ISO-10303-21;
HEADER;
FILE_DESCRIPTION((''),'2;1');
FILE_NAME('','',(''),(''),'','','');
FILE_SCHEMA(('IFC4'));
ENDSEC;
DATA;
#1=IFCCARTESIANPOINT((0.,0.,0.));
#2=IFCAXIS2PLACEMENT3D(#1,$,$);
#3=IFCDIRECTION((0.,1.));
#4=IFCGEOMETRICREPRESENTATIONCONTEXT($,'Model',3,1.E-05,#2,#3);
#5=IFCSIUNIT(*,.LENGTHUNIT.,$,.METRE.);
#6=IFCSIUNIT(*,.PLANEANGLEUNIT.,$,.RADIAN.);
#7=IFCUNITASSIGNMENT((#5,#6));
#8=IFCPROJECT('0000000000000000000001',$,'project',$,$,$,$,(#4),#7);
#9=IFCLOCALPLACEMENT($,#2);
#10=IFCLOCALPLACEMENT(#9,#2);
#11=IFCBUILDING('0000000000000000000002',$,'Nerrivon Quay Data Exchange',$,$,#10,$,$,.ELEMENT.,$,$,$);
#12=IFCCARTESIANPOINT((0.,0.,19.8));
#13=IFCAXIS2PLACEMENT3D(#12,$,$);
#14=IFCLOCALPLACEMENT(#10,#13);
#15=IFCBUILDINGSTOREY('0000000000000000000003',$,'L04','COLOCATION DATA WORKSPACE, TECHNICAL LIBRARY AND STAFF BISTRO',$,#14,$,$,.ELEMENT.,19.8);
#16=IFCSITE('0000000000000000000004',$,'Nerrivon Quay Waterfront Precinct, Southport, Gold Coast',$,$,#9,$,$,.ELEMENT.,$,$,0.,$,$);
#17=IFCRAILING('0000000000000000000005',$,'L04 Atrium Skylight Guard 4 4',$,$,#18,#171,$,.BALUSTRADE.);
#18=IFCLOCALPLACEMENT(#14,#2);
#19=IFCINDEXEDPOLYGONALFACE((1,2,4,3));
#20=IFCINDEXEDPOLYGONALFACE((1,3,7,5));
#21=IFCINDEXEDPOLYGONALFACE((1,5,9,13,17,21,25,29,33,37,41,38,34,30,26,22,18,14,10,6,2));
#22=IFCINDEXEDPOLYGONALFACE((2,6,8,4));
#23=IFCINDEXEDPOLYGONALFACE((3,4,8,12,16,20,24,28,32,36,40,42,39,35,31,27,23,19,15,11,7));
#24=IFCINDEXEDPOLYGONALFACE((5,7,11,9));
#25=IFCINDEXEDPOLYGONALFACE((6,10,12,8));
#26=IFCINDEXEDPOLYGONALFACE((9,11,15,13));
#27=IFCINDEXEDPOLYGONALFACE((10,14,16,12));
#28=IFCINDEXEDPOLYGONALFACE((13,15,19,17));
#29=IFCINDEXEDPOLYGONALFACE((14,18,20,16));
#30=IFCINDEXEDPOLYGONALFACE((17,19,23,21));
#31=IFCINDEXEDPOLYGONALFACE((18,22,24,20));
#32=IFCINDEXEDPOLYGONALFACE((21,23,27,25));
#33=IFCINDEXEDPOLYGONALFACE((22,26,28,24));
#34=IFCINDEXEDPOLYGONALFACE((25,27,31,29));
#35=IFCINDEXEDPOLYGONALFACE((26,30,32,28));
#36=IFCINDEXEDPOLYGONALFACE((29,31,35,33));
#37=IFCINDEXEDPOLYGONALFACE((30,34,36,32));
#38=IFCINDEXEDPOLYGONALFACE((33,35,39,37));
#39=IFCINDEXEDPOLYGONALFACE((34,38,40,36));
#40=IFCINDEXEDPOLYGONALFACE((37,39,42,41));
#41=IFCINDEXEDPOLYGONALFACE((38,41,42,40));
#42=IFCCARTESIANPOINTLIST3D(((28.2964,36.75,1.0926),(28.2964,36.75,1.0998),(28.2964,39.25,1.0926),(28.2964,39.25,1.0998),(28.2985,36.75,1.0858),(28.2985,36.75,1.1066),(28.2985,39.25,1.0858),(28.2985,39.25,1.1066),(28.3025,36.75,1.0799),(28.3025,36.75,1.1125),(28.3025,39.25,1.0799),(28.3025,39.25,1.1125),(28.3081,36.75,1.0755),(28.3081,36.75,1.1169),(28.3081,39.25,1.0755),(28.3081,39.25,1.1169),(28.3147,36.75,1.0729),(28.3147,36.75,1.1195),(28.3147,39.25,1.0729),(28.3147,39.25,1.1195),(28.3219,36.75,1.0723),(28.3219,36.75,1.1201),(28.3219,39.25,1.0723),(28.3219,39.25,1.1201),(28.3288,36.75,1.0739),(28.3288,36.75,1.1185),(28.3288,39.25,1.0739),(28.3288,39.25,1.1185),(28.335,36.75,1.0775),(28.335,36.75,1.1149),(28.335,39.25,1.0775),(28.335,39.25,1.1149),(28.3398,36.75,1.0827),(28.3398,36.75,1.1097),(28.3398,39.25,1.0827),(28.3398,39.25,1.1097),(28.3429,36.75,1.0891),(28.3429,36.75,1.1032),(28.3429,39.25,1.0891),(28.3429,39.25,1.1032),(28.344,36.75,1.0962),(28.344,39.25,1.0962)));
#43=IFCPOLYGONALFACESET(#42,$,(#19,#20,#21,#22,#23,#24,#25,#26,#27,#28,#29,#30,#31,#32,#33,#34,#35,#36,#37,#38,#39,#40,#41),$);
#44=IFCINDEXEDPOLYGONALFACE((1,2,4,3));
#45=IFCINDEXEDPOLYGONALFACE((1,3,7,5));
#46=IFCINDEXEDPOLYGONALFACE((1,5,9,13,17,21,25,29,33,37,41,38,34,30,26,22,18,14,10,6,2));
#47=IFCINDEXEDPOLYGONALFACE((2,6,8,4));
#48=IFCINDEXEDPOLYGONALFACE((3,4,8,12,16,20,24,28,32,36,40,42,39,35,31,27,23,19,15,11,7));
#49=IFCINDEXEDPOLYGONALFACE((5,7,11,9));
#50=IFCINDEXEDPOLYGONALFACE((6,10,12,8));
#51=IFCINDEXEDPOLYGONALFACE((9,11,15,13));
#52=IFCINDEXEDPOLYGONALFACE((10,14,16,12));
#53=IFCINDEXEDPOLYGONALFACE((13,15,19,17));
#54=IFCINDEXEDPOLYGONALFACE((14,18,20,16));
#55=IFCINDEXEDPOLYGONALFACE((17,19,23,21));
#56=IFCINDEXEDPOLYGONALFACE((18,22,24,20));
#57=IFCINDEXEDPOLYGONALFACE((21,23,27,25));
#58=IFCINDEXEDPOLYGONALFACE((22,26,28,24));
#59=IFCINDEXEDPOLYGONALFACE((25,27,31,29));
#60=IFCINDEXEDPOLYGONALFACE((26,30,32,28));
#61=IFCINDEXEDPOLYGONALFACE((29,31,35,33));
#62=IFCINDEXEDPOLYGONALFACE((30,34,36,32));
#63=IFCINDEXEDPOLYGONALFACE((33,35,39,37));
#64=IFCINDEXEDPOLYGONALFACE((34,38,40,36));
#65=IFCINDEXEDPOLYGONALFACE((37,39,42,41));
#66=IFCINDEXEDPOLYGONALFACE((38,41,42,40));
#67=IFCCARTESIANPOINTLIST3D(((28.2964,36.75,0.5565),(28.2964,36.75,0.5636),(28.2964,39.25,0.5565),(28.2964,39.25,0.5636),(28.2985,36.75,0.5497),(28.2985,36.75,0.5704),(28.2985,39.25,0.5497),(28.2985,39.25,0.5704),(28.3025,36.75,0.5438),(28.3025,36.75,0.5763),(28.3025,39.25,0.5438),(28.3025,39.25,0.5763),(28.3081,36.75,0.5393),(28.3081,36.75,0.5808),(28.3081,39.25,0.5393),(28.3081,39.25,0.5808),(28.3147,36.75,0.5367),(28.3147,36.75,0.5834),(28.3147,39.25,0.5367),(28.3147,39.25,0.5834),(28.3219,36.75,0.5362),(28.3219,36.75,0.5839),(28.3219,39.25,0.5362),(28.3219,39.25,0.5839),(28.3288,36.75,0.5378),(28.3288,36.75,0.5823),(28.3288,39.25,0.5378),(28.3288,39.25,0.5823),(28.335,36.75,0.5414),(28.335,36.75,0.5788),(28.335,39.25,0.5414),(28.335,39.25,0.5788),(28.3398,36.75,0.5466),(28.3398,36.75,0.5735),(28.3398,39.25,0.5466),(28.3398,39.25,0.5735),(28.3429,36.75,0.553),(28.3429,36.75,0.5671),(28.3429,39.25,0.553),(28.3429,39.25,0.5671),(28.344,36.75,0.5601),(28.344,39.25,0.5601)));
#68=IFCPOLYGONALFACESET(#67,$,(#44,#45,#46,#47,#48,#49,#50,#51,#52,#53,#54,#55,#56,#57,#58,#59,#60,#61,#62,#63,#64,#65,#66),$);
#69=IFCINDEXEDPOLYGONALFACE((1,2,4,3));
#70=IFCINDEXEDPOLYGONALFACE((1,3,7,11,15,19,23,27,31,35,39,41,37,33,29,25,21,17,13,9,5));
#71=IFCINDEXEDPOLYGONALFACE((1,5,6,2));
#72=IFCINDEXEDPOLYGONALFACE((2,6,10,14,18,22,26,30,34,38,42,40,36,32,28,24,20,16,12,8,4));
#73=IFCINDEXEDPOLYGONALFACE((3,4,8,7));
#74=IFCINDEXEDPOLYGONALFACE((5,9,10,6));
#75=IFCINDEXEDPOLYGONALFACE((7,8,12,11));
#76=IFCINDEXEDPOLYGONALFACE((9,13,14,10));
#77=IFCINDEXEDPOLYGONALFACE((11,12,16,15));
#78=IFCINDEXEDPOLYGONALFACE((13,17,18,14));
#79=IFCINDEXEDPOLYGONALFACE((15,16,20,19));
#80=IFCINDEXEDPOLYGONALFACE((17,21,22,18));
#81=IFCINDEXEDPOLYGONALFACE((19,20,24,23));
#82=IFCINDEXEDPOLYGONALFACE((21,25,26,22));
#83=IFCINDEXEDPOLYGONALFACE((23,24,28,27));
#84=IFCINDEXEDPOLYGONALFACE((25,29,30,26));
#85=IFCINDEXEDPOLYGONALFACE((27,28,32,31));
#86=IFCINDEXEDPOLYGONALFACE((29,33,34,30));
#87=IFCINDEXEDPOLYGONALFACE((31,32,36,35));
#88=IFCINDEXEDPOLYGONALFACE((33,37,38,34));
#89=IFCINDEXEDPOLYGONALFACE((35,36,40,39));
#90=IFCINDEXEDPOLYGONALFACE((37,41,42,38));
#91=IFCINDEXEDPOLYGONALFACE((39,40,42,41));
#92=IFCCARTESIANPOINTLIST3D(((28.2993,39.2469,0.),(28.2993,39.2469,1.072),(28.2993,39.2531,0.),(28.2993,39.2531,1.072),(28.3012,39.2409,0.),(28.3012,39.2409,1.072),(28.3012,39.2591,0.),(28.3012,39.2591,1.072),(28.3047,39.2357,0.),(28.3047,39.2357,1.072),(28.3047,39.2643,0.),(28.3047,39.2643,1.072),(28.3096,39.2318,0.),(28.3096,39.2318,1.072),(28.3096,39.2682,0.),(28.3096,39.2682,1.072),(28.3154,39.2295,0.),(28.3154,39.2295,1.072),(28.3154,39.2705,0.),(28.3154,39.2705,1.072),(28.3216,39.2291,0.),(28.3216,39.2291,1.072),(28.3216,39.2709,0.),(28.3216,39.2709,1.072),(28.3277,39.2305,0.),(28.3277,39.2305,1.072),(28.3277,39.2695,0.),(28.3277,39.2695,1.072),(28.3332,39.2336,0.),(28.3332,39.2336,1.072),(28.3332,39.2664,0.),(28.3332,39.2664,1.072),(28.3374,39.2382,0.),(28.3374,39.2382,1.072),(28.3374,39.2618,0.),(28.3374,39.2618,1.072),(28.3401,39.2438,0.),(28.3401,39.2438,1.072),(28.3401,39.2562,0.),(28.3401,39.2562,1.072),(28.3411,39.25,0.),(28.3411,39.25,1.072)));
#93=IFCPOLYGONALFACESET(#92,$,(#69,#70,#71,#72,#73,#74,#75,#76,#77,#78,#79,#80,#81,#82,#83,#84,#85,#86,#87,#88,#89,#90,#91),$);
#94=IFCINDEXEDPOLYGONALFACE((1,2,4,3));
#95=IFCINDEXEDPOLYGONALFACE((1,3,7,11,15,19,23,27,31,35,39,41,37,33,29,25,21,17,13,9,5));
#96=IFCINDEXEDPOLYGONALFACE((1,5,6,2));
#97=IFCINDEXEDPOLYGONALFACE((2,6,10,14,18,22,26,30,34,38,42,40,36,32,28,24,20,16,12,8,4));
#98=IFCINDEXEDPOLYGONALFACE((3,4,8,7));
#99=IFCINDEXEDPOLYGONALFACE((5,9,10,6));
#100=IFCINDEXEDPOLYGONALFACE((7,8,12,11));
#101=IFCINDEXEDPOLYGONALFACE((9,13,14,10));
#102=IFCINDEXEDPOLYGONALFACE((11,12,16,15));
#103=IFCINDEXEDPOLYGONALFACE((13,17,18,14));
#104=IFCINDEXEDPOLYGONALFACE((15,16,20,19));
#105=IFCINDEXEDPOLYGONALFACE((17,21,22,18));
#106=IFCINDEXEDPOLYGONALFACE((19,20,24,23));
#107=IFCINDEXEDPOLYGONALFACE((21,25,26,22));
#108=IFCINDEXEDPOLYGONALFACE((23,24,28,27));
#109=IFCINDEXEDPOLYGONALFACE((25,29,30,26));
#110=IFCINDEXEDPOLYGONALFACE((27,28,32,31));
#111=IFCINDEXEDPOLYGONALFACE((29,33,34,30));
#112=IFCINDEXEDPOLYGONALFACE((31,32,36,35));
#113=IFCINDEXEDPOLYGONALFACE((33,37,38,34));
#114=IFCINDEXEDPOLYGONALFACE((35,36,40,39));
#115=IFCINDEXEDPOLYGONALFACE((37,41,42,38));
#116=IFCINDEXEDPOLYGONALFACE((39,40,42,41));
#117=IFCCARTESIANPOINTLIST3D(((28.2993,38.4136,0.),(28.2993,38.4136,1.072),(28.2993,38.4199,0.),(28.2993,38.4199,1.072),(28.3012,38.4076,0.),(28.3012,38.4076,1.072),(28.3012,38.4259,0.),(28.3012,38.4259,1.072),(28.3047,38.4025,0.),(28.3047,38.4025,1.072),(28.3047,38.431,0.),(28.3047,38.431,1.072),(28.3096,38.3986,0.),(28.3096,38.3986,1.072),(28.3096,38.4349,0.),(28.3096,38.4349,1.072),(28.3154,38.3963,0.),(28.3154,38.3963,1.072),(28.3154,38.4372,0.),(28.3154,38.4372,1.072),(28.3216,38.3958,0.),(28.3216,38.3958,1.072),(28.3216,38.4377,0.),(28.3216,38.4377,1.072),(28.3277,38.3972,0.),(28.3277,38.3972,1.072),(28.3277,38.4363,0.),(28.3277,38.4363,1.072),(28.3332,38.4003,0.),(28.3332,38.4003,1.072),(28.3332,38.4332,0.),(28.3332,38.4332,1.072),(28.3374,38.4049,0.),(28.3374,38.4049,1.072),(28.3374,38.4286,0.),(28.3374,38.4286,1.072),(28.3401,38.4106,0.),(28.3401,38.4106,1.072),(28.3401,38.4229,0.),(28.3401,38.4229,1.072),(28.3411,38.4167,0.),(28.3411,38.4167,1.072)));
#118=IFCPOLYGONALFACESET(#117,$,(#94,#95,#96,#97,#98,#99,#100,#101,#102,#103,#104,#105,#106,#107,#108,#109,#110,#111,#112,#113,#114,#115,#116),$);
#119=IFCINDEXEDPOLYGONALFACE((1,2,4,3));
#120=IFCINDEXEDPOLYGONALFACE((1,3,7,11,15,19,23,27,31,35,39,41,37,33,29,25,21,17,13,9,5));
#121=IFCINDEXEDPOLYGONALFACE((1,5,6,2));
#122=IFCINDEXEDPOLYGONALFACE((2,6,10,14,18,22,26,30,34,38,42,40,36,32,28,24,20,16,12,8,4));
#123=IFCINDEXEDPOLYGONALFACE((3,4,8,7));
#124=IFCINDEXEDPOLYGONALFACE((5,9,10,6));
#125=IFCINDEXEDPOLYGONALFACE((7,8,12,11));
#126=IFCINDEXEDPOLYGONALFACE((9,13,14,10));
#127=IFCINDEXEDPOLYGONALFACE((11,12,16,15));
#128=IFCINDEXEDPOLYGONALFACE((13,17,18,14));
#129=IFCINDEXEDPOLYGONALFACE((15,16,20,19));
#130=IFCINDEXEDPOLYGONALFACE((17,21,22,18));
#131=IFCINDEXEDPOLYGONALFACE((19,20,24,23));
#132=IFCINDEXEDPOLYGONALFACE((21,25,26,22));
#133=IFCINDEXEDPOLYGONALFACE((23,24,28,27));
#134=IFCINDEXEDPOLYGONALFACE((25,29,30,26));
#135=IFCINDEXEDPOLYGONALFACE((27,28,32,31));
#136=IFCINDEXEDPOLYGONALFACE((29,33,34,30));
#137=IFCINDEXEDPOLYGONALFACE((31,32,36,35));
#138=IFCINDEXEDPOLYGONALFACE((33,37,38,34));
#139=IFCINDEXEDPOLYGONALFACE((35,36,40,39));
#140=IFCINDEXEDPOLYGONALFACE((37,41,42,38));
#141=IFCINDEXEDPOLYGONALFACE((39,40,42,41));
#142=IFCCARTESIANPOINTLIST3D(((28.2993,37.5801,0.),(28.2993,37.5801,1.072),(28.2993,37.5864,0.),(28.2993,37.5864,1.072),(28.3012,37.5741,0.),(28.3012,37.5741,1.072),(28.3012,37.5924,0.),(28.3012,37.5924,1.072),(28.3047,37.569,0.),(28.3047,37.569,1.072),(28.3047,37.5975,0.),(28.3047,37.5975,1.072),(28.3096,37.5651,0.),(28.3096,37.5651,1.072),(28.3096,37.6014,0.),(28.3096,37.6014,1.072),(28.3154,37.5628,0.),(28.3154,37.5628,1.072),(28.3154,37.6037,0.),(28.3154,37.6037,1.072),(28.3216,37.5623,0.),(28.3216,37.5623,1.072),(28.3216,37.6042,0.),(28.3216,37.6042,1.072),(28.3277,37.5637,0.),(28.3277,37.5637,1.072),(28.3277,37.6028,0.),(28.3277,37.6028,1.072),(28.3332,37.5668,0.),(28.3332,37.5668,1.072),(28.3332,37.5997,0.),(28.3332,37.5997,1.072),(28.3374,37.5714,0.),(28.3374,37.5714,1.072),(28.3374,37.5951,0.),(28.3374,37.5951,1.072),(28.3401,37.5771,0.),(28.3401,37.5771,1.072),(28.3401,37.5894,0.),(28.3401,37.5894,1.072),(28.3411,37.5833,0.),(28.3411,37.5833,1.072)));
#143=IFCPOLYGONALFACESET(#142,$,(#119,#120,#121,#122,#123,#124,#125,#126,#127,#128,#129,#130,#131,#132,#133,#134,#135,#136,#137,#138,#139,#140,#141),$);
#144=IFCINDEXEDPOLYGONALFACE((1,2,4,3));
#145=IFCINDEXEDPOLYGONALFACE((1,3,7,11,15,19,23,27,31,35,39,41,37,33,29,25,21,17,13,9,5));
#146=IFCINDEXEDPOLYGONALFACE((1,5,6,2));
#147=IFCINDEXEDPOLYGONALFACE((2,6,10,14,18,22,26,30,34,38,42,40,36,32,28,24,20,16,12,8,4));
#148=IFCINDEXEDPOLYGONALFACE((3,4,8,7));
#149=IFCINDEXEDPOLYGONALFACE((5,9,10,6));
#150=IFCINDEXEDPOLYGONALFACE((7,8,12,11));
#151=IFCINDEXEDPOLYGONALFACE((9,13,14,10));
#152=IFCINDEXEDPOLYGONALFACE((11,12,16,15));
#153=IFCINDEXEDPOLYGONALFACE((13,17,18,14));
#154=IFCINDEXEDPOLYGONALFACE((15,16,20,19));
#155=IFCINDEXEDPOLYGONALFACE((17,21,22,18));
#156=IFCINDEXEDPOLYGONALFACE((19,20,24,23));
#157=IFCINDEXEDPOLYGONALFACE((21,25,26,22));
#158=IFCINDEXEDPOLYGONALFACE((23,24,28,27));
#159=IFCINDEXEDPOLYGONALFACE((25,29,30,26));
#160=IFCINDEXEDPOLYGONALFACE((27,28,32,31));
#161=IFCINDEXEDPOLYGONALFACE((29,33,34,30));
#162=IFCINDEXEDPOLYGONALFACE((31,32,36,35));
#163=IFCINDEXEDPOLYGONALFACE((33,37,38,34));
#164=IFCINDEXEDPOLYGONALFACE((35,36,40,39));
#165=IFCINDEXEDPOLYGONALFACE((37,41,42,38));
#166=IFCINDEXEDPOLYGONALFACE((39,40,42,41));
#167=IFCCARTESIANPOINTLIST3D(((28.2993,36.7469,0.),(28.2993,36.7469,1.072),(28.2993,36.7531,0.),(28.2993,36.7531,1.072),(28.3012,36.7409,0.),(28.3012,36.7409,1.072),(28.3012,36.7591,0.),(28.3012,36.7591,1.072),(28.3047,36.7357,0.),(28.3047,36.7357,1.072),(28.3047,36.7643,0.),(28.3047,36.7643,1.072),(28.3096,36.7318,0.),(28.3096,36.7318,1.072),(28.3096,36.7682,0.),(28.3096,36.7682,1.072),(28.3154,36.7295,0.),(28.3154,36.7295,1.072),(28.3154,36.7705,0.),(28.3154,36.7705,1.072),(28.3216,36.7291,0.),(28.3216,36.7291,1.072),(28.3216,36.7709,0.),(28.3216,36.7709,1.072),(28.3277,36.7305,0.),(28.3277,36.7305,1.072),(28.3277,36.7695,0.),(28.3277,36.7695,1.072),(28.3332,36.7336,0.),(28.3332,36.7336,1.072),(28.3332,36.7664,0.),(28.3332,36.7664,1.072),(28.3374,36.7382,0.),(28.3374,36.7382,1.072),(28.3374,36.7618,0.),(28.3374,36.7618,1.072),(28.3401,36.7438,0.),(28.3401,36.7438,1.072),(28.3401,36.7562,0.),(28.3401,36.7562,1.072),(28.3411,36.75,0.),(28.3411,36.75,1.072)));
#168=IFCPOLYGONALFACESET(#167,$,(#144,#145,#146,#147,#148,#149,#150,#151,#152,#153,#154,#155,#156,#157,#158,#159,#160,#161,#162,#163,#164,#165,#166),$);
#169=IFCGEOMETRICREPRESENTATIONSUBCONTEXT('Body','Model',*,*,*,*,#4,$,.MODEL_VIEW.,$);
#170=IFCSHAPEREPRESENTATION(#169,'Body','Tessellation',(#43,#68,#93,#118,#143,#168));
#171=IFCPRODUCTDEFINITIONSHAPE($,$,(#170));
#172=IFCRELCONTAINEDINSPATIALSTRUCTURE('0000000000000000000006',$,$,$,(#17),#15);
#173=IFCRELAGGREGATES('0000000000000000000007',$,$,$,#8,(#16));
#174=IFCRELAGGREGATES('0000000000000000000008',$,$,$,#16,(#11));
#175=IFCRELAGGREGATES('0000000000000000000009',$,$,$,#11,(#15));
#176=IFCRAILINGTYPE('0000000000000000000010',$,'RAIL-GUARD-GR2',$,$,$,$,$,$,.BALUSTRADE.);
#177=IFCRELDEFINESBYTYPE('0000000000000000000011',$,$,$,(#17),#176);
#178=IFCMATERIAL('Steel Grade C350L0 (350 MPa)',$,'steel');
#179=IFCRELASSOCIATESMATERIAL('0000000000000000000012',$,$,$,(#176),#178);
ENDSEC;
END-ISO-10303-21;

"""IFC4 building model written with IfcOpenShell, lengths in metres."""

from ifc_helpers import new_model, si_unit, direction, frame, origin, origin_2d, place, context, subcontext, project, spatial, circle, extrude, material, type_object, element, save


model = new_model("IFC4")

# Units and contexts
model_context = context("Model", 3, precision=1e-05, world=origin(), true_north=direction((0.0, 1.0)))
body_context = subcontext(model_context, "Body", "Model", "MODEL_VIEW")
ifc_project = project(units=[si_unit("LENGTHUNIT", "METRE"), si_unit("PLANEANGLEUNIT", "RADIAN")], contexts=[model_context])

# Site, building, storey
site_placement = place(None, origin())
site = spatial("IfcSite", under=ifc_project, at=site_placement, Name="Nerrivon Quay Waterfront Precinct, Southport, Gold Coast", CompositionType="ELEMENT", RefElevation=0.0)
building_placement = place(site_placement, origin())
building = spatial("IfcBuilding", under=site, at=building_placement, Name="Nerrivon Quay Data Exchange", CompositionType="ELEMENT")
storey_placement = place(building_placement, frame((0.0, 0.0, 19.8)))
storey = spatial("IfcBuildingStorey", under=building, at=storey_placement, Name="L04", Description="COLOCATION DATA WORKSPACE, TECHNICAL LIBRARY AND STAFF BISTRO", CompositionType="ELEMENT", Elevation=19.8)

# Railing
ifc_material_1 = material(Name="Steel Grade C350L0 (350 MPa)", Category="steel")
railing_type = type_object("IfcRailingType", Name="RAIL-GUARD-GR2", PredefinedType="BALUSTRADE", material=ifc_material_1)
railing_1_placement = place(storey_placement, frame((28.3201, 39.25, 0.0)))
element("IfcRailing", 1, at=railing_1_placement, inside=storey, type_object=railing_type, Name="L04 Atrium Skylight Guard 4 4", PredefinedType="BALUSTRADE", context=body_context, shape_type="SweptSolid", body=[
    extrude(circle(Radius=0.0239, at=origin_2d()), frame((0.0, 0.0, 1.0962), z_axis=(0.0, -1.0, 0.0), x_axis=(1.0, 0.0, 0.0)), (0.0, 0.0, 1.0), 2.5),
    extrude(circle(Radius=0.0239, at=origin_2d()), frame((0.0, 0.0, 0.5601), z_axis=(0.0, -1.0, 0.0), x_axis=(1.0, 0.0, 0.0)), (0.0, 0.0, 1.0), 2.5),
    extrude(circle(Radius=0.021, at=origin_2d()), origin(), (0.0, 0.0, 1.0), 1.072),
    extrude(circle(Radius=0.021, at=origin_2d()), frame((0.0, -0.8333, 0.0)), (0.0, 0.0, 1.0), 1.072),
    extrude(circle(Radius=0.021, at=origin_2d()), frame((0.0, -1.6667, 0.0)), (0.0, 0.0, 1.0), 1.072),
    extrude(circle(Radius=0.021, at=origin_2d()), frame((0.0, -2.5, 0.0)), (0.0, 0.0, 1.0), 1.072),
])

save(model, "model.ifc")
